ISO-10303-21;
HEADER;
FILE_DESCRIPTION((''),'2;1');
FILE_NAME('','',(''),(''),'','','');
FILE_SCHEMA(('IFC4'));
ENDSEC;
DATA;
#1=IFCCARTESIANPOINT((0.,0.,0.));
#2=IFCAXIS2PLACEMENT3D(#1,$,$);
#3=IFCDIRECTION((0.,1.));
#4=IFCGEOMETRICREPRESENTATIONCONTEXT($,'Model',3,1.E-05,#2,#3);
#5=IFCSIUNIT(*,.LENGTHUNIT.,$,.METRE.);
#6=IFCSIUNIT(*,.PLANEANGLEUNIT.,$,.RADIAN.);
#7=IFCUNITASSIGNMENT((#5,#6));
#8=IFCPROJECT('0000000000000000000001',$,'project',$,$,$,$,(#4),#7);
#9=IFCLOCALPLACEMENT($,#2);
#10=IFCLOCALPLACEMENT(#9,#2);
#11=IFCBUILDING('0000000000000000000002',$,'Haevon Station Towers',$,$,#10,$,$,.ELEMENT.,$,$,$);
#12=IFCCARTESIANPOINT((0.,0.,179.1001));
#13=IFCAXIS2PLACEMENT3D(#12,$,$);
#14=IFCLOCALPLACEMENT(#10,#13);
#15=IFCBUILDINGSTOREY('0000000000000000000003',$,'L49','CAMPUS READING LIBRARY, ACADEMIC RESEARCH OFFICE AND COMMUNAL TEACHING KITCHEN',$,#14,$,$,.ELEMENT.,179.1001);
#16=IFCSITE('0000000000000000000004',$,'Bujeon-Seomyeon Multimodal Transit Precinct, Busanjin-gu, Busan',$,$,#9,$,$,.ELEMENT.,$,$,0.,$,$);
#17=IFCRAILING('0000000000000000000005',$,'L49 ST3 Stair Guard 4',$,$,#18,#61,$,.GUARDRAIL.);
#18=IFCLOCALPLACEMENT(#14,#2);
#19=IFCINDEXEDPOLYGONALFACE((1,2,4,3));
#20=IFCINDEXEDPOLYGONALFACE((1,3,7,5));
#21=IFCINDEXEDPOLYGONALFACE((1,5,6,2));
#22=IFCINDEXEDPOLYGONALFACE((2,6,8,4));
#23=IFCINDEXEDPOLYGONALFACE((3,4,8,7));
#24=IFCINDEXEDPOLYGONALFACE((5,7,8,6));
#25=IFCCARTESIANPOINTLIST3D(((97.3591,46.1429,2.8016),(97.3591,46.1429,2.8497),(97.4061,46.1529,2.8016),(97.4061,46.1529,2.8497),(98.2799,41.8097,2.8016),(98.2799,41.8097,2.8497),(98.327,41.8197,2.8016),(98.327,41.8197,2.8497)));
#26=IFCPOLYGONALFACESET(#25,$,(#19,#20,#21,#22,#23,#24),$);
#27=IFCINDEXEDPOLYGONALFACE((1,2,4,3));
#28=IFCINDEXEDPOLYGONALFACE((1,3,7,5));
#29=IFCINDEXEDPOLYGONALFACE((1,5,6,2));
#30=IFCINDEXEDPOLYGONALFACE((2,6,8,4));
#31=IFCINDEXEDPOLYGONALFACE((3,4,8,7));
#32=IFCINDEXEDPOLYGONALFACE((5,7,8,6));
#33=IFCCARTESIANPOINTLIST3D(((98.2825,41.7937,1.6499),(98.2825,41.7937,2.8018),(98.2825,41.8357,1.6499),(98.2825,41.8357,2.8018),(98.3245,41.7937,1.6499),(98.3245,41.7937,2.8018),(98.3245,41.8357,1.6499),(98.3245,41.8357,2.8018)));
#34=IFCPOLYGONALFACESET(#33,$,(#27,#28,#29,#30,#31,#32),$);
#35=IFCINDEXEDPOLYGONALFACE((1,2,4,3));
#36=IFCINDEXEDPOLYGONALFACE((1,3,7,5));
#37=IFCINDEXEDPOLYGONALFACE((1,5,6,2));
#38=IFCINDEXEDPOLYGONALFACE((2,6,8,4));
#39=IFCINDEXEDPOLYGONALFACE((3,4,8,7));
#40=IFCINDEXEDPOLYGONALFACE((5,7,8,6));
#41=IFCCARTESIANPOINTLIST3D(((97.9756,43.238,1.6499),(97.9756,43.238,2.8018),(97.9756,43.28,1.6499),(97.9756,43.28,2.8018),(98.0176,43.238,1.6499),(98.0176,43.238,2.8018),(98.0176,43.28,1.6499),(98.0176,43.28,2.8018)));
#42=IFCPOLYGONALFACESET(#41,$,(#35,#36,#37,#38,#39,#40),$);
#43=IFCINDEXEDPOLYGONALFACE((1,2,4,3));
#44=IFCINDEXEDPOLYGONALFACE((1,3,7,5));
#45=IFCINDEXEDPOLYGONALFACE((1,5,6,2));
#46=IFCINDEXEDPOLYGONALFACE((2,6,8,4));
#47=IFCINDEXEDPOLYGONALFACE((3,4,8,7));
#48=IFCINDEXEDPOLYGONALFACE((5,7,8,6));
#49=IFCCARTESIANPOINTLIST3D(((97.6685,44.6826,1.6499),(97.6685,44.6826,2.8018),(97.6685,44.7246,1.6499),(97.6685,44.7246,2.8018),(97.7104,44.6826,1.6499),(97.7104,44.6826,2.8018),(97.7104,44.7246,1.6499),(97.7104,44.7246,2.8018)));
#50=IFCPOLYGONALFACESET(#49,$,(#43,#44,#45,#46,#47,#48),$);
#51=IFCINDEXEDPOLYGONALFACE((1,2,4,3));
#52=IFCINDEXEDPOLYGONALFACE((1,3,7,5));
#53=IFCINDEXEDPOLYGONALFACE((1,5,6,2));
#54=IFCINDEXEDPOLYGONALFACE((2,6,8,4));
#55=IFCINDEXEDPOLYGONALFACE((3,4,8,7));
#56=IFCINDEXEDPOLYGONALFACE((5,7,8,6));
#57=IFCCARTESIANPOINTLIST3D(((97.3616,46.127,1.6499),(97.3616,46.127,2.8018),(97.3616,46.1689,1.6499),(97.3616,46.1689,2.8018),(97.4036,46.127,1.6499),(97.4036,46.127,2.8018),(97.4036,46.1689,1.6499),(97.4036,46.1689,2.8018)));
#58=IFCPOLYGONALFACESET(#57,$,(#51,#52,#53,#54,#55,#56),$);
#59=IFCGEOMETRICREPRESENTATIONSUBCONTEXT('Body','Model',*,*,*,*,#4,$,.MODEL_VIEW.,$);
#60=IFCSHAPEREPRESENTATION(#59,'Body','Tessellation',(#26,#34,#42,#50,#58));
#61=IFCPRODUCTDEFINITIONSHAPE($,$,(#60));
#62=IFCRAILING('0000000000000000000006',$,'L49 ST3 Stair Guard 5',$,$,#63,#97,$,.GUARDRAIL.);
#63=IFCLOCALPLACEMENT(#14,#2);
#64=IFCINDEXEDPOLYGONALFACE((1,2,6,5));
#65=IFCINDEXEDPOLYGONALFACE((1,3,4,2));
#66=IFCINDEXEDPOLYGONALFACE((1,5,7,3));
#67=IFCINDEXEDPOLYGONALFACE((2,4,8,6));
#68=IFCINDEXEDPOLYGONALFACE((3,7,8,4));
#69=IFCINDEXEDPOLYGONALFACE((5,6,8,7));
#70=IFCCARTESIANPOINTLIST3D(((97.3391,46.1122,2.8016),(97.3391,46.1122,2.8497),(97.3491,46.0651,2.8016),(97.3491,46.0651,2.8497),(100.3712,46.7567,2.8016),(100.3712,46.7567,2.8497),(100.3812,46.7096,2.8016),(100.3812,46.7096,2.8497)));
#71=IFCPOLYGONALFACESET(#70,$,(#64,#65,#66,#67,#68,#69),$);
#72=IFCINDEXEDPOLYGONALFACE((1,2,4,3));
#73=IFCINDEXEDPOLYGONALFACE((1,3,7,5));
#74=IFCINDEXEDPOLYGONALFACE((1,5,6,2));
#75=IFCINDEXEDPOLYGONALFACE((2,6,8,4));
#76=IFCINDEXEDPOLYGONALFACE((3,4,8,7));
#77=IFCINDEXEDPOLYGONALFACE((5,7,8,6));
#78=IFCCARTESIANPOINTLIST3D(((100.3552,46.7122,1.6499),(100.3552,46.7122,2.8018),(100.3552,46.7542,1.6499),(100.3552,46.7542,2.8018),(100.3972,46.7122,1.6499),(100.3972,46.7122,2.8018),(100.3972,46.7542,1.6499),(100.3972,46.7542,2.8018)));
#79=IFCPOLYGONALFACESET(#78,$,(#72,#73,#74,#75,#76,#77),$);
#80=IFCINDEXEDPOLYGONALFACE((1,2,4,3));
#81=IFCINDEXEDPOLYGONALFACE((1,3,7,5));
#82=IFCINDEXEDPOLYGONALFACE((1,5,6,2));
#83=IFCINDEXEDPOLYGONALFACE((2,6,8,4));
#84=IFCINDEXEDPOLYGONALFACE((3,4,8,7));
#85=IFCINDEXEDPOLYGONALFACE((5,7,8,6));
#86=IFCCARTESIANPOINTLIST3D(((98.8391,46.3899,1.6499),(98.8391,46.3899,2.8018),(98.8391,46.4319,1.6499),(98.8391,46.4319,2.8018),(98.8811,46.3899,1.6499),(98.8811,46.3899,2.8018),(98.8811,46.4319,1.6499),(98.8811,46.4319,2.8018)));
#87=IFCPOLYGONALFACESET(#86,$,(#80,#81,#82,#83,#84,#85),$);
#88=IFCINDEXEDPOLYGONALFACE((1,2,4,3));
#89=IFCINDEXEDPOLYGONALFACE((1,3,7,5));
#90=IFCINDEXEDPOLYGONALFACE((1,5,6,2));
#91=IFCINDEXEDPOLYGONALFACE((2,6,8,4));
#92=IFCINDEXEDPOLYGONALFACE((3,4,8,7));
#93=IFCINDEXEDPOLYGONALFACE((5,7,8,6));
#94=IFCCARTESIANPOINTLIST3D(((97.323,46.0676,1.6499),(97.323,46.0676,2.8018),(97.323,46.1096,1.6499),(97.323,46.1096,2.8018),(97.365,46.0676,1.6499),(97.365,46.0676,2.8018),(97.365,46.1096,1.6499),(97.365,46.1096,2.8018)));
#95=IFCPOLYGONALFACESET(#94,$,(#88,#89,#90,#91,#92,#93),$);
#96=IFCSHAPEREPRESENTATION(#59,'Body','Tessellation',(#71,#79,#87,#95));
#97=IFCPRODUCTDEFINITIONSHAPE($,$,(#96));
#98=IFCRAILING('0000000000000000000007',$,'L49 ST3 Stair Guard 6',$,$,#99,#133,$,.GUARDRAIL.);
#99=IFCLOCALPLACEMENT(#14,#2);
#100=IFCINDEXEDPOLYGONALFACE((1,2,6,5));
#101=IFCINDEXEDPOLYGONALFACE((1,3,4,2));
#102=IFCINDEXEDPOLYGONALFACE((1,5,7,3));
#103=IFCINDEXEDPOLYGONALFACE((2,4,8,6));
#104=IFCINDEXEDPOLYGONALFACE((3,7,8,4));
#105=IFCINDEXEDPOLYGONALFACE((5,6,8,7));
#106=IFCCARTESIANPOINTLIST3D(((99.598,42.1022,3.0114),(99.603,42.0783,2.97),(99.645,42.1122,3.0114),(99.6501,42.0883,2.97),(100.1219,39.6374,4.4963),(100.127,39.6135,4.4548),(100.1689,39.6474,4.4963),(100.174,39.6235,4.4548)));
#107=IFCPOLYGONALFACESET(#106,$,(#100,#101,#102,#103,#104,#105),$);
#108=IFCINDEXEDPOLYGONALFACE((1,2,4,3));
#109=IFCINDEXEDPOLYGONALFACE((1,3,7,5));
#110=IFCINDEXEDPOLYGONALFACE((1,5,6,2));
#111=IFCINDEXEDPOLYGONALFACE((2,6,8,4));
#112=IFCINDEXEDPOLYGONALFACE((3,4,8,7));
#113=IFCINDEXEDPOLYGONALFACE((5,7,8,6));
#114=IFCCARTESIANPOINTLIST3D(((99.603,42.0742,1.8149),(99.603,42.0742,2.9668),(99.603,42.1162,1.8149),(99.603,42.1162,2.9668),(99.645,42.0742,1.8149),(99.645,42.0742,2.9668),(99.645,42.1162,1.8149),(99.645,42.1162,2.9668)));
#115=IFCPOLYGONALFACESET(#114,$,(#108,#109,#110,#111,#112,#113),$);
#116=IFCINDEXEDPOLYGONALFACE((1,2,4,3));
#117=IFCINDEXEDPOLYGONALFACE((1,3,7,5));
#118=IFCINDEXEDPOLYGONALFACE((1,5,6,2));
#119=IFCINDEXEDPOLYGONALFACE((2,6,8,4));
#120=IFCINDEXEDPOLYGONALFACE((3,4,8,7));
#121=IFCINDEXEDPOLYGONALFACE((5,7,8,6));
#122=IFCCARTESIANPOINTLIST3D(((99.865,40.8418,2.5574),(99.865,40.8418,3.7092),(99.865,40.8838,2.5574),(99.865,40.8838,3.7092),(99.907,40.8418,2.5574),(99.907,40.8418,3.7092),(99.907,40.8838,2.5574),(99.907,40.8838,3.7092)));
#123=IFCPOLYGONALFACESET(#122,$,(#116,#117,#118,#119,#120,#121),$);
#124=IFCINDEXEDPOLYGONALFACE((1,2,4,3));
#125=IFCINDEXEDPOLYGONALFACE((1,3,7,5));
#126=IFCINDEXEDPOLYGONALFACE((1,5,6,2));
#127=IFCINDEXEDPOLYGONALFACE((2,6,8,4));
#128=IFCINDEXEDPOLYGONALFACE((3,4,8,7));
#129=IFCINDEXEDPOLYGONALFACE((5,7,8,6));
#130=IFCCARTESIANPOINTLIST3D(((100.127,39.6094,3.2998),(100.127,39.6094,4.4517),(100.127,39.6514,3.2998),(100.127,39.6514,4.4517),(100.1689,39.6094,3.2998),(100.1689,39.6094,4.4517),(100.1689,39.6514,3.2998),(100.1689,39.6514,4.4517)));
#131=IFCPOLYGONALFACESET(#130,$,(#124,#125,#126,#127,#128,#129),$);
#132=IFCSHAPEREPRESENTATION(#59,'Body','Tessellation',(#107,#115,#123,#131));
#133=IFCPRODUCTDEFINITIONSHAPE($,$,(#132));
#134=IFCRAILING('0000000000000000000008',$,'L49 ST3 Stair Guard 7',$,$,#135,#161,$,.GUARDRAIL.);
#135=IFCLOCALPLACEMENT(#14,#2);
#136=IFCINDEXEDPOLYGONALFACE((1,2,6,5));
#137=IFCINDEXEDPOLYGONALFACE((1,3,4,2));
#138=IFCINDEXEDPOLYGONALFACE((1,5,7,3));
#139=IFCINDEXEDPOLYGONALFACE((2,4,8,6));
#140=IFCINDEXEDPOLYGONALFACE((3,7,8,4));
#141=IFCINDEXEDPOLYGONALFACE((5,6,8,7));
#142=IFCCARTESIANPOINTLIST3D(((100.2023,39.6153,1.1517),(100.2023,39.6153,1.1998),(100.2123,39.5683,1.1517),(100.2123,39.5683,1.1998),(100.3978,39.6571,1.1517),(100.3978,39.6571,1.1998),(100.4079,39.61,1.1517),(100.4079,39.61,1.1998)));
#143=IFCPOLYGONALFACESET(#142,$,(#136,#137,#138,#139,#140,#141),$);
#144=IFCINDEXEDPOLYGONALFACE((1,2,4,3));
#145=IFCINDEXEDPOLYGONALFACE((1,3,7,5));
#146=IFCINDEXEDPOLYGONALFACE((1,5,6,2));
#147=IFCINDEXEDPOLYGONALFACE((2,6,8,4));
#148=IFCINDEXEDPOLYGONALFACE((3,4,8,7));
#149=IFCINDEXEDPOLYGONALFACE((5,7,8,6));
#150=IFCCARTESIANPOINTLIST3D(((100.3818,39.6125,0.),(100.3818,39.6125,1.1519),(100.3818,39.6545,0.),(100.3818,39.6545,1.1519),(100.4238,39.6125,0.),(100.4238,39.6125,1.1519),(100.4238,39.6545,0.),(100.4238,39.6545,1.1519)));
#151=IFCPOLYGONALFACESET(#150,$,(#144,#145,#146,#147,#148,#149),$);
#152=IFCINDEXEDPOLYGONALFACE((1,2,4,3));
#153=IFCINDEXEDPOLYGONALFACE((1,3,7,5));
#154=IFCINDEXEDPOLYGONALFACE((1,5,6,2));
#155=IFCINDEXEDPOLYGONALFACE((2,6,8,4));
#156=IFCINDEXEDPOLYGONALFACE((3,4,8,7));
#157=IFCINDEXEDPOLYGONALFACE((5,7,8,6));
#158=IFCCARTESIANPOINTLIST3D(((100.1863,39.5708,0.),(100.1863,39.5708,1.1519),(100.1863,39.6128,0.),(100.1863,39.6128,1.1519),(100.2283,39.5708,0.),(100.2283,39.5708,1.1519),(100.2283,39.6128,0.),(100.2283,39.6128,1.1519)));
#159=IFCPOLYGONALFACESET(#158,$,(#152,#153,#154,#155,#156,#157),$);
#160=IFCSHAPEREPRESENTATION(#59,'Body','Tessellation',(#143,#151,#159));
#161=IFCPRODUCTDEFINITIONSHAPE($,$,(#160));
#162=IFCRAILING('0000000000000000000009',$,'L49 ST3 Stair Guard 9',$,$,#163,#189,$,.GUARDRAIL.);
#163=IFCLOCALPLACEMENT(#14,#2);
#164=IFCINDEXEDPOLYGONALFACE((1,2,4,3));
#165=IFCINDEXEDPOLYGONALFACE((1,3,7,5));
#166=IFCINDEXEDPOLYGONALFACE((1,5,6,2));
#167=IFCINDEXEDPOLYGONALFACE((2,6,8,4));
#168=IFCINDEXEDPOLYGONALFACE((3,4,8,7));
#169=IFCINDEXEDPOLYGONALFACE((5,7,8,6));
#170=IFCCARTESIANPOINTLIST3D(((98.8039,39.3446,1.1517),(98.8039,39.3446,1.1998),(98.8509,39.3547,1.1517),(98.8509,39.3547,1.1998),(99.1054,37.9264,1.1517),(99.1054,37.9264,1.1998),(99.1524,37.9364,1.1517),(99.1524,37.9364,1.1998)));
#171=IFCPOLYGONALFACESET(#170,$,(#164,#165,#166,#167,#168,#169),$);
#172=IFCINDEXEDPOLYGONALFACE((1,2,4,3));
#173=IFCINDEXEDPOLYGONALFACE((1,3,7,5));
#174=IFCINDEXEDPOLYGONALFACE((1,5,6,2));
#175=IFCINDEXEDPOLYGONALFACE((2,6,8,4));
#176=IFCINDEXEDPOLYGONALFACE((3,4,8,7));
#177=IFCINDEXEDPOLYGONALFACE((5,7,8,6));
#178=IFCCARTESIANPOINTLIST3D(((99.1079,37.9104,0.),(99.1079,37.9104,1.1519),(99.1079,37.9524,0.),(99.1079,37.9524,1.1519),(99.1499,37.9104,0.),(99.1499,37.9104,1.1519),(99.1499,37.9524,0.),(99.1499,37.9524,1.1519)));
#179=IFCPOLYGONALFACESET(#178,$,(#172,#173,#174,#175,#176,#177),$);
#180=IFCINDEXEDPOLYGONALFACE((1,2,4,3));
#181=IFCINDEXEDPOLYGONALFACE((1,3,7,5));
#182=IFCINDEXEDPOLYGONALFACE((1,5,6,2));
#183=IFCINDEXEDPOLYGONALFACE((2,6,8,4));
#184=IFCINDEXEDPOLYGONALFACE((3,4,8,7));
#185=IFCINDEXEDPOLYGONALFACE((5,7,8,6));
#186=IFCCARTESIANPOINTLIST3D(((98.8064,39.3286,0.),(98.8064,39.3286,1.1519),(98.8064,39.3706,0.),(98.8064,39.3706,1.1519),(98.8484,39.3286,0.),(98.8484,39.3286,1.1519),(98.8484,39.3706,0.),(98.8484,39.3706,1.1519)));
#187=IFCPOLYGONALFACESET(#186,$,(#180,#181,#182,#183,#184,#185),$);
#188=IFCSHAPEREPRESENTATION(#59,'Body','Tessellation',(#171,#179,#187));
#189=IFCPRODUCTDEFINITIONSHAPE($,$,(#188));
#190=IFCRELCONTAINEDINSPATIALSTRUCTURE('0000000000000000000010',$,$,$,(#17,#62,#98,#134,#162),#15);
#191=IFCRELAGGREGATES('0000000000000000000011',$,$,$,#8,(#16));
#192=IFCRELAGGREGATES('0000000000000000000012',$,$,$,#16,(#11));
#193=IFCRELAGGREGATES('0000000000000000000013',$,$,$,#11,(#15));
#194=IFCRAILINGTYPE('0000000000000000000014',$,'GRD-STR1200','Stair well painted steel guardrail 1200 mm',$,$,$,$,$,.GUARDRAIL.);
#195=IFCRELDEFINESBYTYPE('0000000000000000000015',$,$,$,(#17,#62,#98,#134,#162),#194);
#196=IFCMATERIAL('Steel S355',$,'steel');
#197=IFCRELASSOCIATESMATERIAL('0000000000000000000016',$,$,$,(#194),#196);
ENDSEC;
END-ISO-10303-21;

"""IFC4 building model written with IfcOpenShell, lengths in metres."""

from ifc_helpers import new_model, si_unit, direction, frame, origin, origin_2d, place, context, subcontext, project, spatial, rectangle, extrude, material, type_object, element, save


model = new_model("IFC4")

# Units and contexts
model_context = context("Model", 3, precision=1e-05, world=origin(), true_north=direction((0.0, 1.0)))
body_context = subcontext(model_context, "Body", "Model", "MODEL_VIEW")
ifc_project = project(units=[si_unit("LENGTHUNIT", "METRE"), si_unit("PLANEANGLEUNIT", "RADIAN")], contexts=[model_context])

# Site, building, storey
site_placement = place(None, origin())
site = spatial("IfcSite", under=ifc_project, at=site_placement, Name="Bujeon-Seomyeon Multimodal Transit Precinct, Busanjin-gu, Busan", CompositionType="ELEMENT", RefElevation=0.0)
building_placement = place(site_placement, origin())
building = spatial("IfcBuilding", under=site, at=building_placement, Name="Haevon Station Towers", CompositionType="ELEMENT")
storey_placement = place(building_placement, frame((0.0, 0.0, 179.1001)))
storey = spatial("IfcBuildingStorey", under=building, at=storey_placement, Name="L49", Description="CAMPUS READING LIBRARY, ACADEMIC RESEARCH OFFICE AND COMMUNAL TEACHING KITCHEN", CompositionType="ELEMENT", Elevation=179.1001)

# Shared definitions
ifc_material_1 = material(Name="Steel S355", Category="steel")

# Railings
railing_type_1 = type_object("IfcRailingType", Name="GRD-STR1200", Description="Stair well painted steel guardrail 1200 mm", PredefinedType="GUARDRAIL", material=ifc_material_1)
railing_1_placement = place(storey_placement, frame((98.3035, 41.8147, 1.6499)))
element("IfcRailing", 1, at=railing_1_placement, inside=storey, type_object=railing_type_1, Name="L49 ST3 Stair Guard 4", PredefinedType="GUARDRAIL", context=body_context, shape_type="SweptSolid", body=[
    extrude(rectangle(XDim=0.0481, YDim=0.0481, at=origin_2d()), frame((0.0, 0.0, 1.1758), z_axis=(-0.207877, 0.978155, 0.0), x_axis=(-0.978155, -0.207877, 0.0)), (0.0, 0.0, 1.0), 4.4299),
    extrude(rectangle(XDim=0.042, YDim=0.042, at=origin_2d()), origin(), (0.0, 0.0, 1.0), 1.1519),
    extrude(rectangle(XDim=0.042, YDim=0.042, at=origin_2d()), frame((-0.3069, 1.4443, 0.0)), (0.0, 0.0, 1.0), 1.1519),
    extrude(rectangle(XDim=0.042, YDim=0.042, at=origin_2d()), frame((-0.614, 2.8889, 0.0)), (0.0, 0.0, 1.0), 1.1519),
    extrude(rectangle(XDim=0.042, YDim=0.042, at=origin_2d()), frame((-0.9209, 4.3333, 0.0)), (0.0, 0.0, 1.0), 1.1519),
])
railing_2_placement = place(storey_placement, frame((100.3762, 46.7332, 1.6499)))
element("IfcRailing", 2, at=railing_2_placement, inside=storey, type_object=railing_type_1, Name="L49 ST3 Stair Guard 5", PredefinedType="GUARDRAIL", context=body_context, shape_type="SweptSolid", body=[
    extrude(rectangle(XDim=0.0481, YDim=0.0481, at=origin_2d()), frame((0.0, 0.0, 1.1758), z_axis=(-0.978147, -0.207915, 0.0), x_axis=(0.207915, -0.978147, 0.0)), (0.0, 0.0, 1.0), 3.0999),
    extrude(rectangle(XDim=0.042, YDim=0.042, at=origin_2d()), origin(), (0.0, 0.0, 1.0), 1.1519),
    extrude(rectangle(XDim=0.042, YDim=0.042, at=origin_2d()), frame((-1.5161, -0.3223, 0.0)), (0.0, 0.0, 1.0), 1.1519),
    extrude(rectangle(XDim=0.042, YDim=0.042, at=origin_2d()), frame((-3.0322, -0.6445, 0.0)), (0.0, 0.0, 1.0), 1.1519),
])
railing_3_placement = place(storey_placement, frame((99.624, 42.0952, 1.8149)))
element("IfcRailing", 3, at=railing_3_placement, inside=storey, type_object=railing_type_1, Name="L49 ST3 Stair Guard 6", PredefinedType="GUARDRAIL", context=body_context, shape_type="SweptSolid", body=[
    extrude(rectangle(XDim=0.0481, YDim=0.0481, at=origin_2d()), frame((0.0, 0.0, 1.1758), z_axis=(0.179129, -0.842724, 0.507671), x_axis=(0.978147, 0.207914, 0.0)), (0.0, 0.0, 1.0), 2.9248),
    extrude(rectangle(XDim=0.042, YDim=0.042, at=origin_2d()), origin(), (0.0, 0.0, 1.0), 1.1519),
    extrude(rectangle(XDim=0.042, YDim=0.042, at=origin_2d()), frame((0.262, -1.2324, 0.7424)), (0.0, 0.0, 1.0), 1.1519),
    extrude(rectangle(XDim=0.042, YDim=0.042, at=origin_2d()), frame((0.5239, -2.4648, 1.4849)), (0.0, 0.0, 1.0), 1.1519),
])
railing_4_placement = place(storey_placement, frame((100.4028, 39.6335, 0.0)))
element("IfcRailing", 4, at=railing_4_placement, inside=storey, type_object=railing_type_1, Name="L49 ST3 Stair Guard 7", PredefinedType="GUARDRAIL", context=body_context, shape_type="SweptSolid", body=[
    extrude(rectangle(XDim=0.0481, YDim=0.0481, at=origin_2d()), frame((0.0, 0.0, 1.1758), z_axis=(-0.977963, -0.208779, 0.0), x_axis=(0.208779, -0.977963, 0.0)), (0.0, 0.0, 1.0), 0.2),
    extrude(rectangle(XDim=0.042, YDim=0.042, at=origin_2d()), origin(), (0.0, 0.0, 1.0), 1.1519),
    extrude(rectangle(XDim=0.042, YDim=0.042, at=origin_2d()), frame((-0.1956, -0.0417, 0.0)), (0.0, 0.0, 1.0), 1.1519),
])
railing_5_placement = place(storey_placement, frame((99.1289, 37.9314, 0.0)))
element("IfcRailing", 5, at=railing_5_placement, inside=storey, type_object=railing_type_1, Name="L49 ST3 Stair Guard 9", PredefinedType="GUARDRAIL", context=body_context, shape_type="SweptSolid", body=[
    extrude(rectangle(XDim=0.0481, YDim=0.0481, at=origin_2d()), frame((0.0, 0.0, 1.1758), z_axis=(-0.207953, 0.978139, 0.0), x_axis=(-0.978139, -0.207953, 0.0)), (0.0, 0.0, 1.0), 1.45),
    extrude(rectangle(XDim=0.042, YDim=0.042, at=origin_2d()), origin(), (0.0, 0.0, 1.0), 1.1519),
    extrude(rectangle(XDim=0.042, YDim=0.042, at=origin_2d()), frame((-0.3015, 1.4182, 0.0)), (0.0, 0.0, 1.0), 1.1519),
])

save(model, "model.ifc")
